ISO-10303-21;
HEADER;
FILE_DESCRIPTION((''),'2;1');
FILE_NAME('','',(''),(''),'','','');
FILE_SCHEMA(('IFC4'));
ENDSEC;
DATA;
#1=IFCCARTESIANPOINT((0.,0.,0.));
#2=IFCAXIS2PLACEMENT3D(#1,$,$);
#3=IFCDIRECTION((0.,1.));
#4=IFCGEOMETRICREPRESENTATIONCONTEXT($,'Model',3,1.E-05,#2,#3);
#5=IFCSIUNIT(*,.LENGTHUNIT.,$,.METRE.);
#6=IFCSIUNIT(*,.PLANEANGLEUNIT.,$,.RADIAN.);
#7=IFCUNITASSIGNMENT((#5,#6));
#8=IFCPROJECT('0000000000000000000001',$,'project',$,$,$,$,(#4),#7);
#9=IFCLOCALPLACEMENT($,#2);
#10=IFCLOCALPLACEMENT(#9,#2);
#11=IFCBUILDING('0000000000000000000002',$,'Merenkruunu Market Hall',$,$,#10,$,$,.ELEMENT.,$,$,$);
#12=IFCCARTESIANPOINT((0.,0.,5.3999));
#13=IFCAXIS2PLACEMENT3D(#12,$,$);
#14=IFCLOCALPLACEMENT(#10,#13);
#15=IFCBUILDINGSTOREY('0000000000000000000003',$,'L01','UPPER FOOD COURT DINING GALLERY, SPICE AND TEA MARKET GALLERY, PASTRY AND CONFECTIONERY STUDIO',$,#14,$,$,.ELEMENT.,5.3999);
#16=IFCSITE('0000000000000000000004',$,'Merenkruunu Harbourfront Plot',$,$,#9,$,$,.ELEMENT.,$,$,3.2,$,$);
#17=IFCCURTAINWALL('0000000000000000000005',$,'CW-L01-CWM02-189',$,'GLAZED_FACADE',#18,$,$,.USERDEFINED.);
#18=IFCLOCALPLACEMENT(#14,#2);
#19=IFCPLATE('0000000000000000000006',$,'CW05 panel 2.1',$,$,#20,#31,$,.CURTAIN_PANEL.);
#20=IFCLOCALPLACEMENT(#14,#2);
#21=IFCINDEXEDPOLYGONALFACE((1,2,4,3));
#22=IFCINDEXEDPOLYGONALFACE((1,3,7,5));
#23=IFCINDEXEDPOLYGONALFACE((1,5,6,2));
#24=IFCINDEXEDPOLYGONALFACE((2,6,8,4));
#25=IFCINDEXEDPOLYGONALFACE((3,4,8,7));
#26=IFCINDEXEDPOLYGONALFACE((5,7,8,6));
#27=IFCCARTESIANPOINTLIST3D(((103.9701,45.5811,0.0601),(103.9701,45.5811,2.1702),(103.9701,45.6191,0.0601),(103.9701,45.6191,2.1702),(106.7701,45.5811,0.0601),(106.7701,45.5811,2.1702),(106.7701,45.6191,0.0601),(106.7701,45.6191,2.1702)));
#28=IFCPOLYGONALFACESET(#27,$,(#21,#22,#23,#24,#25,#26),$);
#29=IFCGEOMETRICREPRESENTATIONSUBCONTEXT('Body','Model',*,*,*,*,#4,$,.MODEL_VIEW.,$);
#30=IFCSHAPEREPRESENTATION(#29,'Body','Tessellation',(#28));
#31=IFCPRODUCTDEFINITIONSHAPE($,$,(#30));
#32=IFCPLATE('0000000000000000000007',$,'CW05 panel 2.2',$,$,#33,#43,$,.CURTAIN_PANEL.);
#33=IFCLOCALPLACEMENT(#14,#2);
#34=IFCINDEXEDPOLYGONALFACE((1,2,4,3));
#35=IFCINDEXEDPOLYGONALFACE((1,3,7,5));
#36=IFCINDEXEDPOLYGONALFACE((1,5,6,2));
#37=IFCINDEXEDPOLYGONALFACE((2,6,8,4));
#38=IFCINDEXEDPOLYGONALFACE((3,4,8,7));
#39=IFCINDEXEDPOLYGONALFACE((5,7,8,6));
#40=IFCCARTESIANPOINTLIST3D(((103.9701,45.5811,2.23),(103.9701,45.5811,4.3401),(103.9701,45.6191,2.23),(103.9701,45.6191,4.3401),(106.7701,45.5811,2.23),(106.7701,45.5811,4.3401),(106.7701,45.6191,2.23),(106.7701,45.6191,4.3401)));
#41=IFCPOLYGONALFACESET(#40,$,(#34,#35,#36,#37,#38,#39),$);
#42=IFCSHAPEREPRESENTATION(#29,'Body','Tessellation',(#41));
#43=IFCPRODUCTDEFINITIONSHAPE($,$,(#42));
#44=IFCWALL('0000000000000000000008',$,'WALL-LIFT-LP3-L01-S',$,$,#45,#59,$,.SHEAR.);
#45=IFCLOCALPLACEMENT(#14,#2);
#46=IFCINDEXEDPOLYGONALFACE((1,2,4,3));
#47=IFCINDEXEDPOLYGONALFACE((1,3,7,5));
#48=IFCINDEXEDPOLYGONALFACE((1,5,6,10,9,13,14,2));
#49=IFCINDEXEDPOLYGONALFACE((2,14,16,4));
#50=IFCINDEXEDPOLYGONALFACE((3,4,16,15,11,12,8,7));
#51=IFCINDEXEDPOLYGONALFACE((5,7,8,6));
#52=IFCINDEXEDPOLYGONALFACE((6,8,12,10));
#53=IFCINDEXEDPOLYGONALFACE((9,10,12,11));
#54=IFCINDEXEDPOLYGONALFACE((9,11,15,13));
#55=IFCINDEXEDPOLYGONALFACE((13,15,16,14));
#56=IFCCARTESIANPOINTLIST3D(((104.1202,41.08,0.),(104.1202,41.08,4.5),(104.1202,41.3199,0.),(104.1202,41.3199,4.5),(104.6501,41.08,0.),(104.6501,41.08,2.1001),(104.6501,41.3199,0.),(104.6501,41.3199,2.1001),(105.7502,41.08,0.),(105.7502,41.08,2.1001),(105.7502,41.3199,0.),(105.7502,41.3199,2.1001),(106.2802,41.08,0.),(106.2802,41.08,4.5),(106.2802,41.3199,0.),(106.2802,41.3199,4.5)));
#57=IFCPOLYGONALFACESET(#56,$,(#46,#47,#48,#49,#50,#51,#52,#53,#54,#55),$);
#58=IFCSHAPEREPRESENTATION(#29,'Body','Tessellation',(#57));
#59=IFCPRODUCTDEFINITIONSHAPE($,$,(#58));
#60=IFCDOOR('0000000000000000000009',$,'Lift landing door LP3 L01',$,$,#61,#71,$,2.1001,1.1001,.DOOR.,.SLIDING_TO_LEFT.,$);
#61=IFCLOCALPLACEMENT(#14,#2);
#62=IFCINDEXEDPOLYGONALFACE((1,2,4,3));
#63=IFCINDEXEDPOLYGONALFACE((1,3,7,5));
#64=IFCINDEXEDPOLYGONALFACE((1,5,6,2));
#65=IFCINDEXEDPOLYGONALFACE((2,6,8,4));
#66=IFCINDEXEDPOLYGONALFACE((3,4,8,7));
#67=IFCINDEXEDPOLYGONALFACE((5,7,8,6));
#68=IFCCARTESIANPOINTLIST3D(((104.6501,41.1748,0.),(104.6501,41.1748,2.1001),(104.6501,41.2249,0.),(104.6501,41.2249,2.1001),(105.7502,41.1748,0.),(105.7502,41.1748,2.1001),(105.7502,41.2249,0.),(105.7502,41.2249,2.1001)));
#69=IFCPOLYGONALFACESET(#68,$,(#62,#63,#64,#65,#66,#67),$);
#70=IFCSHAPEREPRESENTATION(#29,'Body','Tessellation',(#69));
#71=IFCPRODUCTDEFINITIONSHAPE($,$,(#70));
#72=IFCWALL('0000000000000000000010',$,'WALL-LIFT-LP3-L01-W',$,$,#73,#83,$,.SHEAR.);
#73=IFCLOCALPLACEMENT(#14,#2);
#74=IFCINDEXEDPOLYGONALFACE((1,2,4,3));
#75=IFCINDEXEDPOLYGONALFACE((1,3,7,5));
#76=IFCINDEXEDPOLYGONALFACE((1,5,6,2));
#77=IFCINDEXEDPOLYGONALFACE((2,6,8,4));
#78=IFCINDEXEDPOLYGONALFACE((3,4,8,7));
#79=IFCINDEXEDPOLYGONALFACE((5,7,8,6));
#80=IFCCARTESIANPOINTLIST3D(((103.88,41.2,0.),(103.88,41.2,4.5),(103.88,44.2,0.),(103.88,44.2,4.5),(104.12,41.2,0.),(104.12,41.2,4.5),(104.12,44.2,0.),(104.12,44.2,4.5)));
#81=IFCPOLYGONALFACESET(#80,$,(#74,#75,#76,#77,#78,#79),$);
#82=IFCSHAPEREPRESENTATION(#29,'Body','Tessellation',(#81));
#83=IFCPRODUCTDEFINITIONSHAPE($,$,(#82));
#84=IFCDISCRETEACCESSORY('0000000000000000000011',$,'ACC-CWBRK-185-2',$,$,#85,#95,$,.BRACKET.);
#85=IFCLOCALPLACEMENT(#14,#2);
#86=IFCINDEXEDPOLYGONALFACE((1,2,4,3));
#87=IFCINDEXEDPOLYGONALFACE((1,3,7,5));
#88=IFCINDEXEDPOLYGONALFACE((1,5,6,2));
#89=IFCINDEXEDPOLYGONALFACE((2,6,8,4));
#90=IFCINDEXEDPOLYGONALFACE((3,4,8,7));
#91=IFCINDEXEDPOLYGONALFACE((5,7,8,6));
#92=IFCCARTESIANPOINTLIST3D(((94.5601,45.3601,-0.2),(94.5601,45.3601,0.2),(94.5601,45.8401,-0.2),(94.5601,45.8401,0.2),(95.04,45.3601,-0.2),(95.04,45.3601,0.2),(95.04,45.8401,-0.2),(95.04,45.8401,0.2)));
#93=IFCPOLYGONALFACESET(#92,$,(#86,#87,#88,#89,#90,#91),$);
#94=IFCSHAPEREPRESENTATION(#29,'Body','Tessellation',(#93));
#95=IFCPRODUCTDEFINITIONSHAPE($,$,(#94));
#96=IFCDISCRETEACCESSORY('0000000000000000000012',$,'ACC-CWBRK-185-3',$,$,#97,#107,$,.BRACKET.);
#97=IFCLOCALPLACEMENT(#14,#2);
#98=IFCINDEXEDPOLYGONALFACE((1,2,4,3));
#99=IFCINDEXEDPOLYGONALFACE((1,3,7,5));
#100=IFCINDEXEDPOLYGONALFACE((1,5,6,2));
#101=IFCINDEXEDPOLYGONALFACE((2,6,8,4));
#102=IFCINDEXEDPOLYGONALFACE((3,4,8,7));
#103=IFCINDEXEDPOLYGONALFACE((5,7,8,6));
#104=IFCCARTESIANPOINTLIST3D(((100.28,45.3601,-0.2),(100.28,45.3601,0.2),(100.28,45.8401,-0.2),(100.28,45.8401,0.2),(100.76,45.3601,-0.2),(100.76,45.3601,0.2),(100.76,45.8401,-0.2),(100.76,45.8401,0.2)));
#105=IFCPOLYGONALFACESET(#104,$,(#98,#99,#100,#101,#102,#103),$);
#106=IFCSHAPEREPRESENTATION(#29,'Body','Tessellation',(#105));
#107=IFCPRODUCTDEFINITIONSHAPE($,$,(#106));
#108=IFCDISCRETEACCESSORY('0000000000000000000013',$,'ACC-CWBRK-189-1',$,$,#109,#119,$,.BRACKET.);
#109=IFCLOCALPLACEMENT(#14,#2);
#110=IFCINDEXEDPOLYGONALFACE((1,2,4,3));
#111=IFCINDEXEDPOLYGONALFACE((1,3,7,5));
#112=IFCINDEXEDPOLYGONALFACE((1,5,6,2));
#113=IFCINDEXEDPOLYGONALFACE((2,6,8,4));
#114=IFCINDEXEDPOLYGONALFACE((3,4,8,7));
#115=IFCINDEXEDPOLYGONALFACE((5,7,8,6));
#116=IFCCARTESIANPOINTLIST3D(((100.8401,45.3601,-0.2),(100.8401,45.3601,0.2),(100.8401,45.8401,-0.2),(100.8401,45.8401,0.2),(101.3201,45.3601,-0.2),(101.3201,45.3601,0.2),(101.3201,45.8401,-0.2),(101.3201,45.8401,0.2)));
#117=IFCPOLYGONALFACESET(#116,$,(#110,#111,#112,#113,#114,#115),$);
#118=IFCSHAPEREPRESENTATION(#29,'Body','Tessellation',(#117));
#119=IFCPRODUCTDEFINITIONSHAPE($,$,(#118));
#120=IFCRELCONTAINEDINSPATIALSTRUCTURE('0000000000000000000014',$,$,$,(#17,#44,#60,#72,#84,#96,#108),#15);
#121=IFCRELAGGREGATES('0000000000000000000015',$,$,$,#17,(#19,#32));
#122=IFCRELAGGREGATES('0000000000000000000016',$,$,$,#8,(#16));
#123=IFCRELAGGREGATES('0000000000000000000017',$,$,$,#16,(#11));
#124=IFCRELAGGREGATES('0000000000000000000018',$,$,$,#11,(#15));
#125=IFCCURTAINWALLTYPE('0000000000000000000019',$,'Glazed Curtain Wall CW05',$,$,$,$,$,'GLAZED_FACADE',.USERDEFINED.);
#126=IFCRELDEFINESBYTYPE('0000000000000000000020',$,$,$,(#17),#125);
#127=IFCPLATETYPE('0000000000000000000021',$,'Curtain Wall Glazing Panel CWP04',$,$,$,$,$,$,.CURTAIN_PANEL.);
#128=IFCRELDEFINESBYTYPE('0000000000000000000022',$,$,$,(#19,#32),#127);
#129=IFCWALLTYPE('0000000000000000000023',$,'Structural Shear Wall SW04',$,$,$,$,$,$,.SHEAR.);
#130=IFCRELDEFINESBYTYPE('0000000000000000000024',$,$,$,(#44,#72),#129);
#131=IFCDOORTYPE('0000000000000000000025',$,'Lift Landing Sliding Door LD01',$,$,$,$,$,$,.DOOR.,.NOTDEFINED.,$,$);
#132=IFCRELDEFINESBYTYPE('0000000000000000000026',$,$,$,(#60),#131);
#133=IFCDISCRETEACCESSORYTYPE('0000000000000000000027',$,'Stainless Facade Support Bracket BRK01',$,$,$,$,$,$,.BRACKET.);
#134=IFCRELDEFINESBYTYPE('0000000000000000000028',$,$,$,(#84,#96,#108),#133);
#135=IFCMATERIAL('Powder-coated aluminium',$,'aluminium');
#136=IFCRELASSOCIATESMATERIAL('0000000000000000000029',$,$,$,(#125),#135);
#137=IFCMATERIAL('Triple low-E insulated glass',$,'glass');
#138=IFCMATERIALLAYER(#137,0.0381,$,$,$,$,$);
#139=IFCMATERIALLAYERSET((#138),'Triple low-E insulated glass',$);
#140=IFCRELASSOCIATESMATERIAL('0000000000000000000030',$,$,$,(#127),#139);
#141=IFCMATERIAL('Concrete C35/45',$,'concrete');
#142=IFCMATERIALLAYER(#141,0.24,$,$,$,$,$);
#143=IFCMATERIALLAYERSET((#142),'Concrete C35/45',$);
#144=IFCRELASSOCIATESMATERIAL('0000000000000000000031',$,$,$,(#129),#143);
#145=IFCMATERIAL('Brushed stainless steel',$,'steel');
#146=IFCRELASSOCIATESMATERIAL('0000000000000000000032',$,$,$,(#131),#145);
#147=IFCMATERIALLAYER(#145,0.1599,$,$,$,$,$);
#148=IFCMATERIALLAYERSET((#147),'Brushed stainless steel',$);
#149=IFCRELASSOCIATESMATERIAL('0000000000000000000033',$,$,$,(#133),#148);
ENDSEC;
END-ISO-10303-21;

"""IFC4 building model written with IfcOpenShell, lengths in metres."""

from ifc_helpers import new_model, si_unit, direction, frame, frame_2d, origin, origin_2d, place, context, subcontext, project, spatial, rectangle, extrude, material, layer, layer_set, type_object, element, fill, aggregate, save


model = new_model("IFC4")

# Units and contexts
model_context = context("Model", 3, precision=1e-05, world=origin(), true_north=direction((0.0, 1.0)))
body_context = subcontext(model_context, "Body", "Model", "MODEL_VIEW")
ifc_project = project(units=[si_unit("LENGTHUNIT", "METRE"), si_unit("PLANEANGLEUNIT", "RADIAN")], contexts=[model_context])

# Site, building, storey
site_placement = place(None, origin())
site = spatial("IfcSite", under=ifc_project, at=site_placement, Name="Merenkruunu Harbourfront Plot", CompositionType="ELEMENT", RefElevation=3.2)
building_placement = place(site_placement, origin())
building = spatial("IfcBuilding", under=site, at=building_placement, Name="Merenkruunu Market Hall", CompositionType="ELEMENT")
storey_placement = place(building_placement, frame((0.0, 0.0, 5.3999)))
storey = spatial("IfcBuildingStorey", under=building, at=storey_placement, Name="L01", Description="UPPER FOOD COURT DINING GALLERY, SPICE AND TEA MARKET GALLERY, PASTRY AND CONFECTIONERY STUDIO", CompositionType="ELEMENT", Elevation=5.3999)

# Curtain wall
ifc_material_1 = material(Name="Powder-coated aluminium", Category="aluminium")
curtain_wall_type = type_object("IfcCurtainWallType", Name="Glazed Curtain Wall CW05", ElementType="GLAZED_FACADE", PredefinedType="USERDEFINED", material=ifc_material_1)
curtain_wall_1_placement = place(storey_placement, origin())
curtain_wall_1 = element("IfcCurtainWall", 1, at=curtain_wall_1_placement, inside=storey, type_object=curtain_wall_type, Name="CW-L01-CWM02-189", ObjectType="GLAZED_FACADE", PredefinedType="USERDEFINED")

# Plates
ifc_material_2 = material(Name="Triple low-E insulated glass", Category="glass")
ifc_layer_1 = layer(ifc_material_2, 0.0381)
ifc_layer_set_1 = layer_set([ifc_layer_1], Name="Triple low-E insulated glass")
plate_type = type_object("IfcPlateType", Name="Curtain Wall Glazing Panel CWP04", PredefinedType="CURTAIN_PANEL", material=ifc_layer_set_1)
plate_1_placement = place(storey_placement, frame((105.3701, 45.6001, 0.0601), z_axis=(0.0, 0.0, 1.0), x_axis=(1.0, 0.0, 0.0)))
plate_1 = element("IfcPlate", 2, at=plate_1_placement, type_object=plate_type, Name="CW05 panel 2.1", PredefinedType="CURTAIN_PANEL", context=body_context, shape_type="SweptSolid", body=[
    extrude(rectangle(XDim=2.8, YDim=0.0381, at=origin_2d()), origin(), (0.0, 0.0, 1.0), 2.1101),
])
plate_2_placement = place(storey_placement, frame((105.3701, 45.6001, 2.23), z_axis=(0.0, 0.0, 1.0), x_axis=(1.0, 0.0, 0.0)))
plate_2 = element("IfcPlate", 3, at=plate_2_placement, type_object=plate_type, Name="CW05 panel 2.2", PredefinedType="CURTAIN_PANEL", context=body_context, shape_type="SweptSolid", body=[
    extrude(rectangle(XDim=2.8, YDim=0.0381, at=origin_2d()), origin(), (0.0, 0.0, 1.0), 2.1101),
])
aggregate(curtain_wall_1, [plate_1, plate_2])

# Wall, opening, door
ifc_material_3 = material(Name="Concrete C35/45", Category="concrete")
ifc_layer_2 = layer(ifc_material_3, 0.24)
ifc_layer_set_2 = layer_set([ifc_layer_2], Name="Concrete C35/45")
wall_type = type_object("IfcWallType", Name="Structural Shear Wall SW04", PredefinedType="SHEAR", material=ifc_layer_set_2)
wall_1_placement = place(storey_placement, frame((104.1201, 41.2, 0.0), z_axis=(0.0, 0.0, 1.0), x_axis=(1.0, 0.0, 0.0)))
wall_1 = element("IfcWall", 4, at=wall_1_placement, inside=storey, type_object=wall_type, Name="WALL-LIFT-LP3-L01-S", PredefinedType="SHEAR", context=body_context, shape_type="SweptSolid", body=[
    extrude(rectangle(XDim=2.1599, YDim=0.24, at=frame_2d((1.0801, 0.0))), origin(), (0.0, 0.0, 1.0), 4.5),
])
opening_placement = place(wall_1_placement, frame((0.53, 0.0, 0.0)))
opening = element("IfcOpeningElement", 5, at=opening_placement, cuts=wall_1, PredefinedType="OPENING", context=body_context, shape_type="SweptSolid", body=[
    extrude(rectangle(XDim=1.1001, YDim=2.1001, at=frame_2d((0.55, 1.05))), frame((0.0, 0.1299, 0.0), z_axis=(0.0, -1.0, 0.0), x_axis=(1.0, 0.0, 0.0)), (0.0, 0.0, 1.0), 0.26),
])
ifc_material_4 = material(Name="Brushed stainless steel", Category="steel")
door_type = type_object("IfcDoorType", Name="Lift Landing Sliding Door LD01", OperationType="NOTDEFINED", PredefinedType="DOOR", material=ifc_material_4)
door_placement = place(opening_placement, origin())
door = element("IfcDoor", 6, at=door_placement, inside=storey, type_object=door_type, Name="Lift landing door LP3 L01", OperationType="SLIDING_TO_LEFT", OverallHeight=2.1001, OverallWidth=1.1001, PredefinedType="DOOR", context=body_context, shape_type="SweptSolid", body=[
    extrude(rectangle(XDim=1.1001, YDim=2.1001, at=frame_2d((0.55, 1.05))), frame((0.0, 0.0249, 0.0), z_axis=(0.0, -1.0, 0.0), x_axis=(1.0, 0.0, 0.0)), (0.0, 0.0, 1.0), 0.05),
])
fill(opening, door)

# Wall
wall_2_placement = place(storey_placement, frame((104.0, 44.2, 0.0), z_axis=(0.0, 0.0, 1.0), x_axis=(0.0, -1.0, 0.0)))
element("IfcWall", 7, at=wall_2_placement, inside=storey, type_object=wall_type, Name="WALL-LIFT-LP3-L01-W", PredefinedType="SHEAR", context=body_context, shape_type="SweptSolid", body=[
    extrude(rectangle(XDim=3.0, YDim=0.24, at=frame_2d((1.5, 0.0))), origin(), (0.0, 0.0, 1.0), 4.5),
])

# Discrete accessories
ifc_layer_3 = layer(ifc_material_4, 0.1599)
ifc_layer_set_3 = layer_set([ifc_layer_3], Name="Brushed stainless steel")
discrete_accessory_type = type_object("IfcDiscreteAccessoryType", Name="Stainless Facade Support Bracket BRK01", PredefinedType="BRACKET", material=ifc_layer_set_3)
for number, where, z_axis, x_axis, name in (
    (8, (94.8, 45.6001, -0.2), (0.0, 0.0, 1.0), (1.0, 0.0, 0.0), "ACC-CWBRK-185-2"),
    (9, (100.52, 45.6001, -0.2), (0.0, 0.0, 1.0), (1.0, 0.0, 0.0), "ACC-CWBRK-185-3"),
    (10, (101.0801, 45.6001, -0.2), (0.0, 0.0, 1.0), (1.0, 0.0, 0.0), "ACC-CWBRK-189-1"),
):
    element("IfcDiscreteAccessory", number, at=place(storey_placement, frame(where, z_axis=z_axis, x_axis=x_axis)), inside=storey, type_object=discrete_accessory_type, Name=name, PredefinedType="BRACKET", context=body_context, shape_type="SweptSolid", body=[
        extrude(rectangle(XDim=0.48, YDim=0.48, at=origin_2d()), origin(), (0.0, 0.0, 1.0), 0.3999),
    ])

save(model, "model.ifc")
